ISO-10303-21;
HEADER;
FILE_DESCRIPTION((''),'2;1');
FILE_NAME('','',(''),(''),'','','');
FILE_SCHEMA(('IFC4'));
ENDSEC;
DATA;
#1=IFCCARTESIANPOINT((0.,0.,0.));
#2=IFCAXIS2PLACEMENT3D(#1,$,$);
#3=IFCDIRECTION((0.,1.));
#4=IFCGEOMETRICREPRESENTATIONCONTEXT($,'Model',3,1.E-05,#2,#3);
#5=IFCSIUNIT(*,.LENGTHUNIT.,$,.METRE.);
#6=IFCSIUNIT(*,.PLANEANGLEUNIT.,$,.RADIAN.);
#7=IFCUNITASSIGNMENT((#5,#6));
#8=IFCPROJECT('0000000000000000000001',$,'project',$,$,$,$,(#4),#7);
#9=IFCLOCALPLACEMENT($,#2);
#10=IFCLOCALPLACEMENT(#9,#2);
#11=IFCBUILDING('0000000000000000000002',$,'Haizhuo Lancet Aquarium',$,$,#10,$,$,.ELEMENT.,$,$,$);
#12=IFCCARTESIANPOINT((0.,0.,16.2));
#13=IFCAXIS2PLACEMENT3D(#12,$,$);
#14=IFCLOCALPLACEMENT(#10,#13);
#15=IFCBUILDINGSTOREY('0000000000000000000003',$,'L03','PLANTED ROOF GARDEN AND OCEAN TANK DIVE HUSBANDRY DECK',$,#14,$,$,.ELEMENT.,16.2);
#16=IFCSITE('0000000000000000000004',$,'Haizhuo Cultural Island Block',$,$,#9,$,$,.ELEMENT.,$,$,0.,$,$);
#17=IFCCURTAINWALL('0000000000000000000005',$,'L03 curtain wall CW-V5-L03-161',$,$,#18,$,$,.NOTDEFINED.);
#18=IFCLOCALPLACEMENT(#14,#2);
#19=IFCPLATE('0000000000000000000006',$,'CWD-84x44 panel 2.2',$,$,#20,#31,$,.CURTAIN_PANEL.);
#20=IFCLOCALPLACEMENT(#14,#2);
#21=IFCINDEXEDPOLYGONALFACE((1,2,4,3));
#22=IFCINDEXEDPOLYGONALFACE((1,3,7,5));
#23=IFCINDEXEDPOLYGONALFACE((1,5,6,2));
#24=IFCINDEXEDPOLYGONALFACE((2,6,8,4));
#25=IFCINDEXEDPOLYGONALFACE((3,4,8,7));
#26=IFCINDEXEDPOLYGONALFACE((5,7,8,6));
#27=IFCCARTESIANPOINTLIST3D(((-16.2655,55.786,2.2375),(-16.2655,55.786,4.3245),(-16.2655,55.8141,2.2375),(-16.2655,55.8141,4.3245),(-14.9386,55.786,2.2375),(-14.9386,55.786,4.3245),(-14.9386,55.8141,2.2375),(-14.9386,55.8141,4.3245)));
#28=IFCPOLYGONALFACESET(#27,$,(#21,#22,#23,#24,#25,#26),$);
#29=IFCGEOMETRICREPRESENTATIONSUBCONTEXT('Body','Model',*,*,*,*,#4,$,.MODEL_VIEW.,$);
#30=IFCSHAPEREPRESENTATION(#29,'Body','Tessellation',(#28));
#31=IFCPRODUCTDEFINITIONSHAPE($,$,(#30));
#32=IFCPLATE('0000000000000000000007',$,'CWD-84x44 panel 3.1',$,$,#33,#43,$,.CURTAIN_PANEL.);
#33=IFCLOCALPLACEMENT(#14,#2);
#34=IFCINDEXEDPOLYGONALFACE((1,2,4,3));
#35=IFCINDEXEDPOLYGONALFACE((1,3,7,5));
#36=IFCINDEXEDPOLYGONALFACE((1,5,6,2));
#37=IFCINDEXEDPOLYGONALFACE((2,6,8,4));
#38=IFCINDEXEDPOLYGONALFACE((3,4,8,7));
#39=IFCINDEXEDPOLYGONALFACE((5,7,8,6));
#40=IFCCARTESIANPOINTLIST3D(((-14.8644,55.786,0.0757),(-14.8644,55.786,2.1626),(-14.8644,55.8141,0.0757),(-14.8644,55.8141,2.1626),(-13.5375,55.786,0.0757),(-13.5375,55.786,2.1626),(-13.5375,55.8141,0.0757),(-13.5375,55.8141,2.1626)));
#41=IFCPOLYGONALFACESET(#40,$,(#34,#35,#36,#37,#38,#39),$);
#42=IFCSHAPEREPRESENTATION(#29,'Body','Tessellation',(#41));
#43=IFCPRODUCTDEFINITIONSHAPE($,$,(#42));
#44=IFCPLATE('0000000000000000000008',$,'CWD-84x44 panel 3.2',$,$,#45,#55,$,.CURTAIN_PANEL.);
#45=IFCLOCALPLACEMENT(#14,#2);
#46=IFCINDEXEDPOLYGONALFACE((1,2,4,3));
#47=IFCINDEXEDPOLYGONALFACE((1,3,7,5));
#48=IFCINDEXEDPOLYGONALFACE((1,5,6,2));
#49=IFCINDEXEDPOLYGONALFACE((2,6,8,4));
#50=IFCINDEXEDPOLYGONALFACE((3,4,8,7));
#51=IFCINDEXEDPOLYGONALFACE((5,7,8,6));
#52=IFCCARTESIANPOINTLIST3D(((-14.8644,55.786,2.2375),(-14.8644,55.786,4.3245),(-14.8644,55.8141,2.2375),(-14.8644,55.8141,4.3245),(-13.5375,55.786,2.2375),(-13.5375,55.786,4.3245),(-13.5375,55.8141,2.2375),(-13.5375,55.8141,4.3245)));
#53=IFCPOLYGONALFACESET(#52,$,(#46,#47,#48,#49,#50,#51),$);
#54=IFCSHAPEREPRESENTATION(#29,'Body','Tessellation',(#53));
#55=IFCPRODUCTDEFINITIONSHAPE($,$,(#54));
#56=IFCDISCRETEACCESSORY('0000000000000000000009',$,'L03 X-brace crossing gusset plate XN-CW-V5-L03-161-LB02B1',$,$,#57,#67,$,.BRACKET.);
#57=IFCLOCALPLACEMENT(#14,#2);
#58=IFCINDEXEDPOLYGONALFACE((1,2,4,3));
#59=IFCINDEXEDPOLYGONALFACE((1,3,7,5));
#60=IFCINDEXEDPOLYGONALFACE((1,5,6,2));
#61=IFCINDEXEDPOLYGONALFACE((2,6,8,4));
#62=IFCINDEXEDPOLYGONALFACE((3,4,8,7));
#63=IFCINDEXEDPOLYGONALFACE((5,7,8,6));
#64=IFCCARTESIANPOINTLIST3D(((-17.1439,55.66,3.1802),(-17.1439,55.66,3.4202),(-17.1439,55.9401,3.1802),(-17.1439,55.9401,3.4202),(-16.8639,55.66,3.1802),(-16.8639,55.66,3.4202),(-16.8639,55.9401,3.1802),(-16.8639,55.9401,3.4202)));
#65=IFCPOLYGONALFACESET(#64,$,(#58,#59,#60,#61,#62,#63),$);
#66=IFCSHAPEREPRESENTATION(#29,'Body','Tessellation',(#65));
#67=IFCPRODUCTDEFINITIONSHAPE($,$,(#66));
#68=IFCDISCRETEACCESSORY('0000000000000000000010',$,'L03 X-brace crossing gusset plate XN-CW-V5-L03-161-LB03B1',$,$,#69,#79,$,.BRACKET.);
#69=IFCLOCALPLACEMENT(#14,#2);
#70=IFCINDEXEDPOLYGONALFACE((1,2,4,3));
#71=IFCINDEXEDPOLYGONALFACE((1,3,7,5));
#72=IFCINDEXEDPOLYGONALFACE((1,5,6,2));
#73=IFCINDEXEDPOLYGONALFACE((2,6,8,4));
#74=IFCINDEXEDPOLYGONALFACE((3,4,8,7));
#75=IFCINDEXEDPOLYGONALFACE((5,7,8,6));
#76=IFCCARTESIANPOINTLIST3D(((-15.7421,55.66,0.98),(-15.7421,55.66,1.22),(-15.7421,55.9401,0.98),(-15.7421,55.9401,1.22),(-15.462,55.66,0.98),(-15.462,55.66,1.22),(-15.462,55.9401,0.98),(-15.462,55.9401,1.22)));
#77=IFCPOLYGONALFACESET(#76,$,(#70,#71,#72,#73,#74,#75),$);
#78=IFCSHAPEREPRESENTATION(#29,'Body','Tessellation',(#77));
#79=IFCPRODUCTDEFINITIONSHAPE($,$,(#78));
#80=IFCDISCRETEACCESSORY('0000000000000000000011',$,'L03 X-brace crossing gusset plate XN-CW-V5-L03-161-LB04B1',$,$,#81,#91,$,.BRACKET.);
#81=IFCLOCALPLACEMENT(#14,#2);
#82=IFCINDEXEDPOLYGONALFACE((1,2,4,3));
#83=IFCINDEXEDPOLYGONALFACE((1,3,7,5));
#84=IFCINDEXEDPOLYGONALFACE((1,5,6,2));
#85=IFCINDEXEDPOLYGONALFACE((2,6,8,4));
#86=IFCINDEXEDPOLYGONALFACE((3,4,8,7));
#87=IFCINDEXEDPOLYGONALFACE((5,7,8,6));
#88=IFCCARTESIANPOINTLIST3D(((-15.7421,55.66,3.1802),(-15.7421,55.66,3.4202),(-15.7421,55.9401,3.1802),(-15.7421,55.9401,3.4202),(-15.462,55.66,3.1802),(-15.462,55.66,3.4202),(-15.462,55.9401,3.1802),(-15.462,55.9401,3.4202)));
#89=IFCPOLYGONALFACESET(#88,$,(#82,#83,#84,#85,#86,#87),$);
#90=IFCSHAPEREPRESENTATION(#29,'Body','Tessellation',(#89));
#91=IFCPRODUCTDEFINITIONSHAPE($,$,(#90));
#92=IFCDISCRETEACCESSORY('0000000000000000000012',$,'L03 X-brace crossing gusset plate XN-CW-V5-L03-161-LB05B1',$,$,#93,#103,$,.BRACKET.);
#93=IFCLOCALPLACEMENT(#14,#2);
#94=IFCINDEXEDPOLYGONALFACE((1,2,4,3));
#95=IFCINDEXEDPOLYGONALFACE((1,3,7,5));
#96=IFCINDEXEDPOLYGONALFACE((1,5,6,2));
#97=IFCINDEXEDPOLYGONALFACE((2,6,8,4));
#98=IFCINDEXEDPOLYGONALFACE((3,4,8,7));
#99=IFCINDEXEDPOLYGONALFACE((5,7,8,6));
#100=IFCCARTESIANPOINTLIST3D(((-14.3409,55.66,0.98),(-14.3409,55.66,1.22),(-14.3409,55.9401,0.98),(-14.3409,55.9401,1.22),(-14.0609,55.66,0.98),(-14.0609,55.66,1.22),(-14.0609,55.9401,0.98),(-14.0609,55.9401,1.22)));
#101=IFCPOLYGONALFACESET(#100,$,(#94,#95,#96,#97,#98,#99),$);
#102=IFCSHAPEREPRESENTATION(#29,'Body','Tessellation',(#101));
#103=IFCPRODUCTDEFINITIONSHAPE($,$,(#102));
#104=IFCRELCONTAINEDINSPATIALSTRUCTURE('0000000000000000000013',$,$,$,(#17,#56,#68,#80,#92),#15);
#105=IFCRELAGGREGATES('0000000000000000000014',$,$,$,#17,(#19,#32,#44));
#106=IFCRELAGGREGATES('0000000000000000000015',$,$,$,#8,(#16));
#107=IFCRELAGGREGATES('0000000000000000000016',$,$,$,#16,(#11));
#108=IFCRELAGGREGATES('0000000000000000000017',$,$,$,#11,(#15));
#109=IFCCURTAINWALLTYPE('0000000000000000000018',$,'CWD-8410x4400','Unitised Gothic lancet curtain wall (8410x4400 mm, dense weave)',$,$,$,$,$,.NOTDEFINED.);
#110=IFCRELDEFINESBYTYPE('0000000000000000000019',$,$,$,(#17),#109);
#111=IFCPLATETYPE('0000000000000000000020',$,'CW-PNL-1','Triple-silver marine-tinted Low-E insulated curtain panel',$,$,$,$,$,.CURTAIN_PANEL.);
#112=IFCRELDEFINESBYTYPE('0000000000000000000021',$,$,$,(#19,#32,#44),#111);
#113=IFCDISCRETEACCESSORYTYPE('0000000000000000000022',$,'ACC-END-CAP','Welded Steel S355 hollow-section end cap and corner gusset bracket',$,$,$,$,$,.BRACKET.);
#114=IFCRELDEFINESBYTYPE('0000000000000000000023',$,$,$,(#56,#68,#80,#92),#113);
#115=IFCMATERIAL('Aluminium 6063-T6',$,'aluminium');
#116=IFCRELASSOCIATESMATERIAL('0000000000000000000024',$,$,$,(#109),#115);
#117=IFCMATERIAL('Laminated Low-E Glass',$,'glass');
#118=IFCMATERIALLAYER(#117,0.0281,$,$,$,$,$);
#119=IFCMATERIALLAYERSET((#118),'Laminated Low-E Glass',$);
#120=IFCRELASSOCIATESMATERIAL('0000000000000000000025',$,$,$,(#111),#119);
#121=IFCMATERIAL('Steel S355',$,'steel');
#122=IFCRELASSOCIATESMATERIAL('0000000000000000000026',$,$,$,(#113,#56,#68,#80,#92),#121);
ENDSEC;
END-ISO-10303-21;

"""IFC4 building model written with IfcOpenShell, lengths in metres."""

from ifc_helpers import new_model, si_unit, direction, frame, origin, origin_2d, place, context, subcontext, project, spatial, rectangle, extrude, material, layer, layer_set, type_object, element, aggregate, save


model = new_model("IFC4")

# Units and contexts
model_context = context("Model", 3, precision=1e-05, world=origin(), true_north=direction((0.0, 1.0)))
body_context = subcontext(model_context, "Body", "Model", "MODEL_VIEW")
ifc_project = project(units=[si_unit("LENGTHUNIT", "METRE"), si_unit("PLANEANGLEUNIT", "RADIAN")], contexts=[model_context])

# Site, building, storey
site_placement = place(None, origin())
site = spatial("IfcSite", under=ifc_project, at=site_placement, Name="Haizhuo Cultural Island Block", CompositionType="ELEMENT", RefElevation=0.0)
building_placement = place(site_placement, origin())
building = spatial("IfcBuilding", under=site, at=building_placement, Name="Haizhuo Lancet Aquarium", CompositionType="ELEMENT")
storey_placement = place(building_placement, frame((0.0, 0.0, 16.2)))
storey = spatial("IfcBuildingStorey", under=building, at=storey_placement, Name="L03", Description="PLANTED ROOF GARDEN AND OCEAN TANK DIVE HUSBANDRY DECK", CompositionType="ELEMENT", Elevation=16.2)

# Curtain wall
ifc_material_1 = material(Name="Aluminium 6063-T6", Category="aluminium")
curtain_wall_type = type_object("IfcCurtainWallType", Name="CWD-8410x4400", Description="Unitised Gothic lancet curtain wall (8410x4400 mm, dense weave)", PredefinedType="NOTDEFINED", material=ifc_material_1)
curtain_wall_placement = place(storey_placement, origin())
curtain_wall = element("IfcCurtainWall", 1, at=curtain_wall_placement, inside=storey, type_object=curtain_wall_type, Name="L03 curtain wall CW-V5-L03-161", PredefinedType="NOTDEFINED")

# Shared definitions
ifc_material_2 = material(Name="Steel S355", Category="steel")

# Plates
ifc_material_3 = material(Name="Laminated Low-E Glass", Category="glass")
ifc_layer = layer(ifc_material_3, 0.0281)
ifc_layer_set = layer_set([ifc_layer], Name="Laminated Low-E Glass")
plate_type = type_object("IfcPlateType", Name="CW-PNL-1", Description="Triple-silver marine-tinted Low-E insulated curtain panel", PredefinedType="CURTAIN_PANEL", material=ifc_layer_set)
plate_1_placement = place(storey_placement, frame((-15.6021, 55.8, 2.2375), z_axis=(0.0, 0.0, 1.0), x_axis=(1.0, 0.0, 0.0)))
plate_1 = element("IfcPlate", 2, at=plate_1_placement, type_object=plate_type, Name="CWD-84x44 panel 2.2", PredefinedType="CURTAIN_PANEL", context=body_context, shape_type="SweptSolid", body=[
    extrude(rectangle(XDim=1.3269, YDim=0.0281, at=origin_2d()), origin(), (0.0, 0.0, 1.0), 2.0869),
])
plate_2_placement = place(storey_placement, frame((-14.2009, 55.8, 0.0757), z_axis=(0.0, 0.0, 1.0), x_axis=(1.0, 0.0, 0.0)))
plate_2 = element("IfcPlate", 3, at=plate_2_placement, type_object=plate_type, Name="CWD-84x44 panel 3.1", PredefinedType="CURTAIN_PANEL", context=body_context, shape_type="SweptSolid", body=[
    extrude(rectangle(XDim=1.3269, YDim=0.0281, at=origin_2d()), origin(), (0.0, 0.0, 1.0), 2.0869),
])
plate_3_placement = place(storey_placement, frame((-14.2009, 55.8, 2.2375), z_axis=(0.0, 0.0, 1.0), x_axis=(1.0, 0.0, 0.0)))
plate_3 = element("IfcPlate", 4, at=plate_3_placement, type_object=plate_type, Name="CWD-84x44 panel 3.2", PredefinedType="CURTAIN_PANEL", context=body_context, shape_type="SweptSolid", body=[
    extrude(rectangle(XDim=1.3269, YDim=0.0281, at=origin_2d()), origin(), (0.0, 0.0, 1.0), 2.0869),
])
aggregate(curtain_wall, [plate_1, plate_2, plate_3])

# Discrete accessories
discrete_accessory_type = type_object("IfcDiscreteAccessoryType", Name="ACC-END-CAP", Description="Welded Steel S355 hollow-section end cap and corner gusset bracket", PredefinedType="BRACKET", material=ifc_material_2)
for number, where, z_axis, x_axis, name in (
    (5, (-17.0039, 55.8, 3.1802), (0.0, 0.0, 1.0), (1.0, 0.0, 0.0), "L03 X-brace crossing gusset plate XN-CW-V5-L03-161-LB02B1"),
    (6, (-15.6021, 55.8, 0.98), (0.0, 0.0, 1.0), (1.0, 0.0, 0.0), "L03 X-brace crossing gusset plate XN-CW-V5-L03-161-LB03B1"),
    (7, (-15.6021, 55.8, 3.1802), (0.0, 0.0, 1.0), (1.0, 0.0, 0.0), "L03 X-brace crossing gusset plate XN-CW-V5-L03-161-LB04B1"),
    (8, (-14.2009, 55.8, 0.98), (0.0, 0.0, 1.0), (1.0, 0.0, 0.0), "L03 X-brace crossing gusset plate XN-CW-V5-L03-161-LB05B1"),
):
    element("IfcDiscreteAccessory", number, at=place(storey_placement, frame(where, z_axis=z_axis, x_axis=x_axis)), inside=storey, type_object=discrete_accessory_type, material=ifc_material_2, Name=name, PredefinedType="BRACKET", context=body_context, shape_type="SweptSolid", body=[
        extrude(rectangle(XDim=0.28, YDim=0.28, at=origin_2d()), origin(), (0.0, 0.0, 1.0), 0.24),
    ])

save(model, "model.ifc")
